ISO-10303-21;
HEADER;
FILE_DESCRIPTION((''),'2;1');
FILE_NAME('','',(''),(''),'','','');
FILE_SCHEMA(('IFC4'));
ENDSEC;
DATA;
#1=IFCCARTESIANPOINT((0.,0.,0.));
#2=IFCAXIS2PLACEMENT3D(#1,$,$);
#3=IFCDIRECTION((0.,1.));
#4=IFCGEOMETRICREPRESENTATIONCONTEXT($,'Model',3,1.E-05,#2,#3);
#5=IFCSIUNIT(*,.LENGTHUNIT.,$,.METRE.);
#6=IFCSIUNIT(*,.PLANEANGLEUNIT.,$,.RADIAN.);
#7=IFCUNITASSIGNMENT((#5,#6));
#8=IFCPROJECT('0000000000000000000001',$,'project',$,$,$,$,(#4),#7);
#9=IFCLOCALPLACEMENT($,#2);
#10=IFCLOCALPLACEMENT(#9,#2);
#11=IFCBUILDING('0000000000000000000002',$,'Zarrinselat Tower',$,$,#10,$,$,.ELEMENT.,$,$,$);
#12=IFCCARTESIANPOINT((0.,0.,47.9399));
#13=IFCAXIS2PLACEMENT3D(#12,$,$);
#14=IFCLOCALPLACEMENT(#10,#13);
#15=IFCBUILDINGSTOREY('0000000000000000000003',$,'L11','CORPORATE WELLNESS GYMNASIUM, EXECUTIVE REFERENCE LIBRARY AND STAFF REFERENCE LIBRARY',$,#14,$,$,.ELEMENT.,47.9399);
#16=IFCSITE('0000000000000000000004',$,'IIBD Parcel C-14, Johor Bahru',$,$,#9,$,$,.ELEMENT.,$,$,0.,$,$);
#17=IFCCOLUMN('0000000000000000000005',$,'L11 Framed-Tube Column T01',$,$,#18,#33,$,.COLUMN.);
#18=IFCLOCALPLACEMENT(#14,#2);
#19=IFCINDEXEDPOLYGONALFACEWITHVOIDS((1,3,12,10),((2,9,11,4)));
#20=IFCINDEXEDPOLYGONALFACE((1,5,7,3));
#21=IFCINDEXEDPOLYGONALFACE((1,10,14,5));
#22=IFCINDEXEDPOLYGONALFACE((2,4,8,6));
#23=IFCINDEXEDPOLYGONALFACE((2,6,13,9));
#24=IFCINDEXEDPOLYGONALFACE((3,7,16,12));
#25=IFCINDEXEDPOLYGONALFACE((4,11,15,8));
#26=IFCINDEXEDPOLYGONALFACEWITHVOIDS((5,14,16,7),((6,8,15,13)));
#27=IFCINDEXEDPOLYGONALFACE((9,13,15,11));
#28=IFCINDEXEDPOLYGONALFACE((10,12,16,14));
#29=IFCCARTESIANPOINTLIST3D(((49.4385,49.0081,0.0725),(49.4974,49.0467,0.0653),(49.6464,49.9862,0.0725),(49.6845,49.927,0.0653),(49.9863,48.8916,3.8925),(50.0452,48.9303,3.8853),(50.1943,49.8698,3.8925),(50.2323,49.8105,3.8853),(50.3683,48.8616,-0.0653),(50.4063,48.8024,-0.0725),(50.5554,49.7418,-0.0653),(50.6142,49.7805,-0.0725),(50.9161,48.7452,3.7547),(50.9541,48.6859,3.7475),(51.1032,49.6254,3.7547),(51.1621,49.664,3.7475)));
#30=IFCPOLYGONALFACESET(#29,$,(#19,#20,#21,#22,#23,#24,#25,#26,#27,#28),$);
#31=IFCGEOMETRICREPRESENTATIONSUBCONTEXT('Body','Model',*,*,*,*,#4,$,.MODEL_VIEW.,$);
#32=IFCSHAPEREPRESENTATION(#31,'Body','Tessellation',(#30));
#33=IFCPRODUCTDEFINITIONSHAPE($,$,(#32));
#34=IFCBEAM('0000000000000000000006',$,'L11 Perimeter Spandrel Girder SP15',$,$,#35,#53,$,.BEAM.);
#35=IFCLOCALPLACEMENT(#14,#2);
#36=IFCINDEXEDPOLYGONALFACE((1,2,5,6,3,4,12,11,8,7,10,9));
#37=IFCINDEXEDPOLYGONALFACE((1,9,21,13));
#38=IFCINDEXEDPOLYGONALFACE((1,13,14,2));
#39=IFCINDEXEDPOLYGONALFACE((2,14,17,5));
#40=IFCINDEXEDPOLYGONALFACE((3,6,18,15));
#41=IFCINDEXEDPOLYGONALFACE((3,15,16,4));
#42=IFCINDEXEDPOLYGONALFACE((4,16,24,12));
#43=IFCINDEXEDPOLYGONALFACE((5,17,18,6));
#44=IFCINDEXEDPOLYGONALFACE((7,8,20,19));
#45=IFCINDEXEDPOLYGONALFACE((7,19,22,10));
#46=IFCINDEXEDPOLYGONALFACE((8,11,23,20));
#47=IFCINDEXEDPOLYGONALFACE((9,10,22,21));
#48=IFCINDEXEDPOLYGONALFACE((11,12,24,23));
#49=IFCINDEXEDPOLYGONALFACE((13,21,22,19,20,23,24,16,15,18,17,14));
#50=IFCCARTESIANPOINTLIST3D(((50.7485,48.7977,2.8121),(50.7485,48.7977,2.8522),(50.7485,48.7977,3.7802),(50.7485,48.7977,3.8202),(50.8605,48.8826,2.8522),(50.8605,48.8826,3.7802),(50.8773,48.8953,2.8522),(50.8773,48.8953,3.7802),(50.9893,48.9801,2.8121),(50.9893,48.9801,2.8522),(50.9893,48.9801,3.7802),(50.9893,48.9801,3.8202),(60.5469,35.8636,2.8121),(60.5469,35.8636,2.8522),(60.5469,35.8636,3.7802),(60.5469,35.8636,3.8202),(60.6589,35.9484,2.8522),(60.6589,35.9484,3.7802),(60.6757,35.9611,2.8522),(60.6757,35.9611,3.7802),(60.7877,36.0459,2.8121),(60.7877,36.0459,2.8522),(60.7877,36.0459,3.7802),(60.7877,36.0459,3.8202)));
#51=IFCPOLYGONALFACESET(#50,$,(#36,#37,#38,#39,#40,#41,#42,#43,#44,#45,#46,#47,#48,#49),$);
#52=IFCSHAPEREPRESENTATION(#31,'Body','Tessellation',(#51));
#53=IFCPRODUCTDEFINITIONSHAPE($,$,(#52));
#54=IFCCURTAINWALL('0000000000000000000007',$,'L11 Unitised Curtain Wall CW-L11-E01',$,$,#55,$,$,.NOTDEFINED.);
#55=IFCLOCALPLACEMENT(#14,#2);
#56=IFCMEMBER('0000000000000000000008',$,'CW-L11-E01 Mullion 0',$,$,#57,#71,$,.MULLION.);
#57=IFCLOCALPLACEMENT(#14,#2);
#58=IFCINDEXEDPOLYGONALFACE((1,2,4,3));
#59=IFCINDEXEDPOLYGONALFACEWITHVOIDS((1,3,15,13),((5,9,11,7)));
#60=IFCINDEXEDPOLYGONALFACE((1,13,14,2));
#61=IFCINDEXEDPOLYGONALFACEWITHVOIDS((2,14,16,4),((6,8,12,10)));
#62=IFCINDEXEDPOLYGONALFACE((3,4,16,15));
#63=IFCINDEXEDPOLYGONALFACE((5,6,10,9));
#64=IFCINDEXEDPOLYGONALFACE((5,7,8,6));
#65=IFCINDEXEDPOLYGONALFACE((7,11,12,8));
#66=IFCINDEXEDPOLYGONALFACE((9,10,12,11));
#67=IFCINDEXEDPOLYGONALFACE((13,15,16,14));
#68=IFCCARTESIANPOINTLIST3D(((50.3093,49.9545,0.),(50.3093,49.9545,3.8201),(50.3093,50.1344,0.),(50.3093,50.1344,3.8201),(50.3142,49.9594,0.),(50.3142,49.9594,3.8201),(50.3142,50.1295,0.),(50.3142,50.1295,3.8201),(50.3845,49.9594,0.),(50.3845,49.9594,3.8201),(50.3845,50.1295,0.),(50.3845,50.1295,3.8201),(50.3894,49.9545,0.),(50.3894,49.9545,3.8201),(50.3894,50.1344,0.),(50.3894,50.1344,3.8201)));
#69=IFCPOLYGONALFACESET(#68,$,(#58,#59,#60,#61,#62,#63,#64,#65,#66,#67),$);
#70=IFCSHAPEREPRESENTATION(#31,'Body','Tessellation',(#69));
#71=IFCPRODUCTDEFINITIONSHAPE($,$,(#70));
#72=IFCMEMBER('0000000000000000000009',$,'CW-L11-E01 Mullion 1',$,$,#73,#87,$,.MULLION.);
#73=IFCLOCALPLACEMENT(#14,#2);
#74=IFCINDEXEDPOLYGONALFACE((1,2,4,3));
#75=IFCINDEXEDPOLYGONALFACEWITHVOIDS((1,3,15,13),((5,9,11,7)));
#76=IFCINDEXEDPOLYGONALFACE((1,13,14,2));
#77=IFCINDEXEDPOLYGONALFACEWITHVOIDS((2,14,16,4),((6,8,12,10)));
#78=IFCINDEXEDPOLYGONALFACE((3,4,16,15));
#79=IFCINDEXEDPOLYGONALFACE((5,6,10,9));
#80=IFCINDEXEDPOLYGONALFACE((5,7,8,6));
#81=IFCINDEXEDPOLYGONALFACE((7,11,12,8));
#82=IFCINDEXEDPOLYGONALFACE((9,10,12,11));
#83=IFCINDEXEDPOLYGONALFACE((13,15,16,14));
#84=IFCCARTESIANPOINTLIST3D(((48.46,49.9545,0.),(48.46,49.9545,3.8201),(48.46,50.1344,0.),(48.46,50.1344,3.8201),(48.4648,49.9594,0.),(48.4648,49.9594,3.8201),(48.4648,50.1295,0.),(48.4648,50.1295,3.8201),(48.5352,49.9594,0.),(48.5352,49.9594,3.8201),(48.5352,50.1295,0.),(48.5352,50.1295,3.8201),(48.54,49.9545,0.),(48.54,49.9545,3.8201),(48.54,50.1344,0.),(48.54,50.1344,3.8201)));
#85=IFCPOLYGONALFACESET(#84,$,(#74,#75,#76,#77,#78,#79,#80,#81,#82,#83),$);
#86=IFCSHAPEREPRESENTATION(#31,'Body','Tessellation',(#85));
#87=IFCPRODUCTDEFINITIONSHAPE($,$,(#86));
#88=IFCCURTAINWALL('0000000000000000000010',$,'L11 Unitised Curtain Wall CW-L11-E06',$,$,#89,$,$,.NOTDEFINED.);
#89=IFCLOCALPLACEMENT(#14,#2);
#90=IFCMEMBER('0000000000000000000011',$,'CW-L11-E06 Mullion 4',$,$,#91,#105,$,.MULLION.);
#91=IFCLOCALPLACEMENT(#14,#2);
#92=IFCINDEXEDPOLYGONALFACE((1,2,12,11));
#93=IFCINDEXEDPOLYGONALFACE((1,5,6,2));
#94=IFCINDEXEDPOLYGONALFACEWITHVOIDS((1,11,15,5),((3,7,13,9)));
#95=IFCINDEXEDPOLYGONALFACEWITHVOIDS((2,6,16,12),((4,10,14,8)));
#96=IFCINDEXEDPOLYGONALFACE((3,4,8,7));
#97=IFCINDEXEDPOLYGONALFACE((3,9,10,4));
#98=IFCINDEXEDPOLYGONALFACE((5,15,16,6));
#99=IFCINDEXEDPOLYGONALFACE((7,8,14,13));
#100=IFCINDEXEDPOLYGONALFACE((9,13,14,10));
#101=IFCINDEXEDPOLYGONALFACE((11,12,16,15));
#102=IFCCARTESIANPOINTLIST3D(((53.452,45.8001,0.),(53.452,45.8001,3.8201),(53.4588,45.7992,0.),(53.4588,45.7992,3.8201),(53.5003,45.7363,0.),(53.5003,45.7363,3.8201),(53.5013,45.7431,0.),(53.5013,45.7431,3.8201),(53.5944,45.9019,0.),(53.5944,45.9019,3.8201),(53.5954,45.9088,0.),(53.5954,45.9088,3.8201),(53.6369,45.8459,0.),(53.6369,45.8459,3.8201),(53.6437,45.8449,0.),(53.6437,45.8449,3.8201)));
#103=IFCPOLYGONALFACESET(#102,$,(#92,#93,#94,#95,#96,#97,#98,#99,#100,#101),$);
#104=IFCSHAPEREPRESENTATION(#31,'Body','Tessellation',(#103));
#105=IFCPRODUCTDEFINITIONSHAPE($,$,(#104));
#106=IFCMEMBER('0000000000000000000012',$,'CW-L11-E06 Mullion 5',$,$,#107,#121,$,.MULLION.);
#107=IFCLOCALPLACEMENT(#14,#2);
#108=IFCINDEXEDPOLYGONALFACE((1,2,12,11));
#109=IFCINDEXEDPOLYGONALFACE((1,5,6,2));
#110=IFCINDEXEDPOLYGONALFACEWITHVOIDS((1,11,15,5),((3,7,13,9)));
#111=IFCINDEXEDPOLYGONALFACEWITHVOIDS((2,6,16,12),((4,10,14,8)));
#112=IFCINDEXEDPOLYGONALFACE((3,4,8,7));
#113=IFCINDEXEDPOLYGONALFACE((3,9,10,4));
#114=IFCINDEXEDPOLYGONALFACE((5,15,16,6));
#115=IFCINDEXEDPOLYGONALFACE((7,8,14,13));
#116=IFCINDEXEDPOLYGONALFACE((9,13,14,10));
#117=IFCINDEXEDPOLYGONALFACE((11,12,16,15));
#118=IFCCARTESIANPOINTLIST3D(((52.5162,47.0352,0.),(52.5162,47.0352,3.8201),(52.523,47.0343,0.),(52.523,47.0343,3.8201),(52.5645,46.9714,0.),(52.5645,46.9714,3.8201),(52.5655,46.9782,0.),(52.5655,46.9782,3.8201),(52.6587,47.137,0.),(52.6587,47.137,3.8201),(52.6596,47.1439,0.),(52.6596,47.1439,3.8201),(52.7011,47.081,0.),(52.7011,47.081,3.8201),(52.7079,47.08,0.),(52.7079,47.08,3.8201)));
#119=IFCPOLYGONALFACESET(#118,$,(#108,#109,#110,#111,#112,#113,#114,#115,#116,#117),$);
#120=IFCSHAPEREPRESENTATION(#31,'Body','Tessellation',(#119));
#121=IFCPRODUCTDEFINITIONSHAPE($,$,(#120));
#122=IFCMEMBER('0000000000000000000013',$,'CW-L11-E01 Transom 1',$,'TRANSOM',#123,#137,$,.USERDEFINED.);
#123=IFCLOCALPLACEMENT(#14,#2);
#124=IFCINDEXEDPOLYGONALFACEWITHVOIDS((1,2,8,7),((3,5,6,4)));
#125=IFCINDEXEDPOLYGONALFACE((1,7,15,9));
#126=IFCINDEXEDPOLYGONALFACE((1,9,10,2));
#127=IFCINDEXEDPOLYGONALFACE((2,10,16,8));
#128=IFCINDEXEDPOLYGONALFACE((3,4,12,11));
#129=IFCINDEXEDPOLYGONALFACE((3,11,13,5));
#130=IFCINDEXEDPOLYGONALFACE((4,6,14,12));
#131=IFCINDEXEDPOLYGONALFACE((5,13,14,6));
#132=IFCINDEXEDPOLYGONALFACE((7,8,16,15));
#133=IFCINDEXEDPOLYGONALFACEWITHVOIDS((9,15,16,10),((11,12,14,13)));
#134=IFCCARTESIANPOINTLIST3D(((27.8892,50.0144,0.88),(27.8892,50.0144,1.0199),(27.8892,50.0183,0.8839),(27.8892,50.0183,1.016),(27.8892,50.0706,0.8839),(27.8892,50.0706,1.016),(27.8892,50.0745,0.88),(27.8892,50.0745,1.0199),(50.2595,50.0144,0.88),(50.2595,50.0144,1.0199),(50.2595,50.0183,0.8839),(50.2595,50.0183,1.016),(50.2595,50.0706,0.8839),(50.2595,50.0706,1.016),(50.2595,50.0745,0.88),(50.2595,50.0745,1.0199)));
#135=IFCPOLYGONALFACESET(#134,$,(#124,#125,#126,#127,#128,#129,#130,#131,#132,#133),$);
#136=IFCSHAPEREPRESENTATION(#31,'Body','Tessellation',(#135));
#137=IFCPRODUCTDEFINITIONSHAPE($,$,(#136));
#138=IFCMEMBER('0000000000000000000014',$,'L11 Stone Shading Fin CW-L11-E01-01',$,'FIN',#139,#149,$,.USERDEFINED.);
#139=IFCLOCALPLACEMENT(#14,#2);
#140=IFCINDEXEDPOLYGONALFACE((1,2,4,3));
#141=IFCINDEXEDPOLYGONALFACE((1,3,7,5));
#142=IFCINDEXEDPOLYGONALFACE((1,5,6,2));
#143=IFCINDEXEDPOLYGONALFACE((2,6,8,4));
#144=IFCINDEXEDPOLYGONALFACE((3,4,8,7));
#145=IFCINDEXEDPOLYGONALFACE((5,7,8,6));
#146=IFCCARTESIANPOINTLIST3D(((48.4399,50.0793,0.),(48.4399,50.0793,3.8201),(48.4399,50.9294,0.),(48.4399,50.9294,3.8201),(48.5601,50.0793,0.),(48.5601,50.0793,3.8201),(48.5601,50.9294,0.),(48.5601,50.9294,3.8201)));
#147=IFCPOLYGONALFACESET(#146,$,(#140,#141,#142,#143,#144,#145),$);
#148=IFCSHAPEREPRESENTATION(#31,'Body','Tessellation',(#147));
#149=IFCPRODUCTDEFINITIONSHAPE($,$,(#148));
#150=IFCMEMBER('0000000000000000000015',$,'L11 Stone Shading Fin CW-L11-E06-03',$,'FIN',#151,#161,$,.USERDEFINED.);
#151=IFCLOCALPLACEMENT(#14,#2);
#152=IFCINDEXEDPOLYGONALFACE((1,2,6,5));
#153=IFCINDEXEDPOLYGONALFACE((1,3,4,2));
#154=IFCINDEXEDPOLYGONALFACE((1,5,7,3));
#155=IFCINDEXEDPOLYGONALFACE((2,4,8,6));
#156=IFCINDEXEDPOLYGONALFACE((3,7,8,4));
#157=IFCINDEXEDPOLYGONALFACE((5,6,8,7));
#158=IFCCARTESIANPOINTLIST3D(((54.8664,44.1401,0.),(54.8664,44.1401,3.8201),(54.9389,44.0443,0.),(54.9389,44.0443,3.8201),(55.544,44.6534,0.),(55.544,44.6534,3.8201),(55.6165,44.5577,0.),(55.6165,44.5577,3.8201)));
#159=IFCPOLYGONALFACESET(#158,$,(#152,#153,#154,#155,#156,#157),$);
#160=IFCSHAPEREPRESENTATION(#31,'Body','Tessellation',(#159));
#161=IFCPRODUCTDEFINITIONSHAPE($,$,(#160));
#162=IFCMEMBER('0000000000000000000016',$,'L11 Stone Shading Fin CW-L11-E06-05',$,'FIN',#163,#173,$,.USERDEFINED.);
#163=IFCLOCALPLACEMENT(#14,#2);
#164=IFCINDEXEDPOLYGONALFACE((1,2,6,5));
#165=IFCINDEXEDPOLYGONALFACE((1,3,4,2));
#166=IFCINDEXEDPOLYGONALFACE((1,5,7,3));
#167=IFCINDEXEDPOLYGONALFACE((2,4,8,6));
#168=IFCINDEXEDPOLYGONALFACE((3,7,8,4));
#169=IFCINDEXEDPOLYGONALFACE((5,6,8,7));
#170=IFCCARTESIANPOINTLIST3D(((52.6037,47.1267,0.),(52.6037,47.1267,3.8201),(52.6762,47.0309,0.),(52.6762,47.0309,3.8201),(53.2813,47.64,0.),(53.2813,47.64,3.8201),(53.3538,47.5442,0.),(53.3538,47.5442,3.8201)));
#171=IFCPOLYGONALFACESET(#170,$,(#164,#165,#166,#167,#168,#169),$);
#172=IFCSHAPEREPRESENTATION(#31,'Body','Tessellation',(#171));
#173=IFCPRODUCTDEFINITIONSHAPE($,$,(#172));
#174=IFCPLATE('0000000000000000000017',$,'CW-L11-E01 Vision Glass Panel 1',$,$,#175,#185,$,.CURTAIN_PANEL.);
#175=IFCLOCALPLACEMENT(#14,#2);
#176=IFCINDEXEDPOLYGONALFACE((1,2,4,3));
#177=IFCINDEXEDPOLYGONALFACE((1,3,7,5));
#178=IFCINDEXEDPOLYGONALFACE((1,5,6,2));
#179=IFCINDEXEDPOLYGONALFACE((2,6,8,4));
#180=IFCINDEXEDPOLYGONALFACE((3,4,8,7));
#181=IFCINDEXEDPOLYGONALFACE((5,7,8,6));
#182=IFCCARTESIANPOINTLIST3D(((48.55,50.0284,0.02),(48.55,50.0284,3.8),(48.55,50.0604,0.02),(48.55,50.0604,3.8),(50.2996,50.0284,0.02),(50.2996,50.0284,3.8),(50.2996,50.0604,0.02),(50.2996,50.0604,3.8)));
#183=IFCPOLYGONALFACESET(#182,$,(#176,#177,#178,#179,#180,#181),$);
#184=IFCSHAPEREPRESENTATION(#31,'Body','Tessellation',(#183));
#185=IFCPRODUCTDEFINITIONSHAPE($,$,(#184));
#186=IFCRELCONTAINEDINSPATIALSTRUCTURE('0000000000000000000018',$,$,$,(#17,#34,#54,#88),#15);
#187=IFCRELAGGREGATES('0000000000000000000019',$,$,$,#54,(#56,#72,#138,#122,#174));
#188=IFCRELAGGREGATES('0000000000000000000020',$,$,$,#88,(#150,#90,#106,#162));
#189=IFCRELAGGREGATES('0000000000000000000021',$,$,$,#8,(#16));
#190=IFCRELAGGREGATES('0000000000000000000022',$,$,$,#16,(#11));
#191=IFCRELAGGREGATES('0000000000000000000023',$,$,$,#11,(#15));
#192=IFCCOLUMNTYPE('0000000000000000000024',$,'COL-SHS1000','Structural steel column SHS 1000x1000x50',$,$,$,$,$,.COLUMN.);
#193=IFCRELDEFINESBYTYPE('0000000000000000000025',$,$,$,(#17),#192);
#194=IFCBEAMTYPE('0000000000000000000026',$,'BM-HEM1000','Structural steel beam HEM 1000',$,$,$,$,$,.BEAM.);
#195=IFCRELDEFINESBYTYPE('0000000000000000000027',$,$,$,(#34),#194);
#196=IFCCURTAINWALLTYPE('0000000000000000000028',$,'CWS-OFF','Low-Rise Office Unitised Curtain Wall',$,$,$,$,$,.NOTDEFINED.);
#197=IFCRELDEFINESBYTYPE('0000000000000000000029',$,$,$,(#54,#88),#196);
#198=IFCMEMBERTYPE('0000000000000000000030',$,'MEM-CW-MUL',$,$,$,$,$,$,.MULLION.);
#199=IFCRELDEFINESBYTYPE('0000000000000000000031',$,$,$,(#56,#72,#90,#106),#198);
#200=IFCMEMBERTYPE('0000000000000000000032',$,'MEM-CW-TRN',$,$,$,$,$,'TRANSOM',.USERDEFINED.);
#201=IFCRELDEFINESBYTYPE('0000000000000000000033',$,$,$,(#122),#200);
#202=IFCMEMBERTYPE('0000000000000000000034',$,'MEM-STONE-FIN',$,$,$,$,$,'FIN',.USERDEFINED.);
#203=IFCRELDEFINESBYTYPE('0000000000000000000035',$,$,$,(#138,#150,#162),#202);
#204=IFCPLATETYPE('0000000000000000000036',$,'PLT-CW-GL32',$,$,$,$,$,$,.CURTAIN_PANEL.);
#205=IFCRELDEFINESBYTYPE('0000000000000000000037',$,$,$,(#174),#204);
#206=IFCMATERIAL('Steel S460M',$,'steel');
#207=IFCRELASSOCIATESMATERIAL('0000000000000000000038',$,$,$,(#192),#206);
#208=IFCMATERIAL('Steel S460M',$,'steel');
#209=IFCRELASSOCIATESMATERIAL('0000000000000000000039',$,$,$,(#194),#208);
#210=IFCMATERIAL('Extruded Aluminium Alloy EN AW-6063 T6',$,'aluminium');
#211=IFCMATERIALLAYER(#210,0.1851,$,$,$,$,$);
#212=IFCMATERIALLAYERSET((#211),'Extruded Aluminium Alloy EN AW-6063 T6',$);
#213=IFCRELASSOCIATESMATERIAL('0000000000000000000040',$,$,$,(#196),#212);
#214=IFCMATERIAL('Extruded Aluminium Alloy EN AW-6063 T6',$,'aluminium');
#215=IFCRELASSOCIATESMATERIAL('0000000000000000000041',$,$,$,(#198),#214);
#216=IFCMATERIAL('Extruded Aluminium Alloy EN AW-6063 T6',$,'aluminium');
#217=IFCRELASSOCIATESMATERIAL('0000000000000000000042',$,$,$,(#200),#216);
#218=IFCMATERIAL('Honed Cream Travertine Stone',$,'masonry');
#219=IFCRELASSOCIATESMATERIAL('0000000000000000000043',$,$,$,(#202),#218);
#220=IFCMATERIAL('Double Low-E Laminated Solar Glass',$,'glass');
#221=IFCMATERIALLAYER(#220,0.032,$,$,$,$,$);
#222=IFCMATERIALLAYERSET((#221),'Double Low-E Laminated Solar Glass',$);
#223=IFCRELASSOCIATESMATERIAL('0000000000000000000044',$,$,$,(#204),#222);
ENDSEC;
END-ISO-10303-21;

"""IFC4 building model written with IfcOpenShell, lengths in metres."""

from ifc_helpers import new_model, si_unit, direction, frame, origin, origin_2d, place, context, subcontext, project, spatial, rectangle, hollow_rectangle, i_section, extrude, material, layer, layer_set, material_profile, profile_set, type_object, element, aggregate, save


model = new_model("IFC4")

# Units and contexts
model_context = context("Model", 3, precision=1e-05, world=origin(), true_north=direction((0.0, 1.0)))
body_context = subcontext(model_context, "Body", "Model", "MODEL_VIEW")
ifc_project = project(units=[si_unit("LENGTHUNIT", "METRE"), si_unit("PLANEANGLEUNIT", "RADIAN")], contexts=[model_context])

# Site, building, storey
site_placement = place(None, origin())
site = spatial("IfcSite", under=ifc_project, at=site_placement, Name="IIBD Parcel C-14, Johor Bahru", CompositionType="ELEMENT", RefElevation=0.0)
building_placement = place(site_placement, origin())
building = spatial("IfcBuilding", under=site, at=building_placement, Name="Zarrinselat Tower", CompositionType="ELEMENT")
storey_placement = place(building_placement, frame((0.0, 0.0, 47.9399)))
storey = spatial("IfcBuildingStorey", under=building, at=storey_placement, Name="L11", Description="CORPORATE WELLNESS GYMNASIUM, EXECUTIVE REFERENCE LIBRARY AND STAFF REFERENCE LIBRARY", CompositionType="ELEMENT", Elevation=47.9399)

# Column
ifc_material_1 = material(Name="Steel S460M", Category="steel")
ifc_material_profile_1 = material_profile(ifc_material_1, hollow_rectangle(XDim=1.0, YDim=1.0, WallThickness=0.05, at=origin_2d()), Name="SHS 1000x1000x50")
ifc_profile_set_1 = profile_set([ifc_material_profile_1], Name="Steel S460M")
column_type = type_object("IfcColumnType", Name="COL-SHS1000", Description="Structural steel column SHS 1000x1000x50", PredefinedType="COLUMN", material=ifc_profile_set_1)
column_placement = place(storey_placement, frame((50.0264, 49.3943, 0.0), z_axis=(0.141897, -0.030163, 0.989422), x_axis=(0.207921, 0.978146, 0.0)))
element("IfcColumn", 1, at=column_placement, inside=storey, type_object=column_type, Name="L11 Framed-Tube Column T01", PredefinedType="COLUMN", context=body_context, shape_type="SweptSolid", body=[
    extrude(hollow_rectangle(XDim=1.0, YDim=1.0, WallThickness=0.05, at=origin_2d()), origin(), (0.0, 0.0, 1.0), 3.8608),
])

# Beam
ifc_material_2 = material(Name="Steel S460M", Category="steel")
ifc_material_profile_2 = material_profile(ifc_material_2, i_section(OverallWidth=0.302, OverallDepth=1.0081, WebThickness=0.021, FlangeThickness=0.04, at=origin_2d()), Name="HEM 1000")
ifc_profile_set_2 = profile_set([ifc_material_profile_2], Name="Steel S460M")
beam_type = type_object("IfcBeamType", Name="BM-HEM1000", Description="Structural steel beam HEM 1000", PredefinedType="BEAM", material=ifc_profile_set_2)
beam_placement = place(storey_placement, frame((50.8689, 48.8889, 3.3162), z_axis=(0.60385, -0.797098, 0.0), x_axis=(0.797098, 0.60385, 0.0)))
element("IfcBeam", 2, at=beam_placement, inside=storey, type_object=beam_type, Name="L11 Perimeter Spandrel Girder SP15", PredefinedType="BEAM", context=body_context, shape_type="SweptSolid", body=[
    extrude(i_section(OverallWidth=0.302, OverallDepth=1.0081, WebThickness=0.021, FlangeThickness=0.04, at=origin_2d()), origin(), (0.0, 0.0, 1.0), 16.2266),
])

# Curtain walls, members
ifc_material_3 = material(Name="Extruded Aluminium Alloy EN AW-6063 T6", Category="aluminium")
ifc_layer_1 = layer(ifc_material_3, 0.1851)
ifc_layer_set_1 = layer_set([ifc_layer_1], Name="Extruded Aluminium Alloy EN AW-6063 T6")
curtain_wall_type = type_object("IfcCurtainWallType", Name="CWS-OFF", Description="Low-Rise Office Unitised Curtain Wall", PredefinedType="NOTDEFINED", material=ifc_layer_set_1)
curtain_wall_1_placement = place(storey_placement, origin())
curtain_wall_1 = element("IfcCurtainWall", 3, at=curtain_wall_1_placement, inside=storey, type_object=curtain_wall_type, Name="L11 Unitised Curtain Wall CW-L11-E01", PredefinedType="NOTDEFINED")
ifc_material_4 = material(Name="Extruded Aluminium Alloy EN AW-6063 T6", Category="aluminium")
ifc_material_profile_3 = material_profile(ifc_material_4, hollow_rectangle(XDim=0.0801, YDim=0.1799, WallThickness=0.0049, at=origin_2d()), Name="RHS 180x80x5")
ifc_profile_set_3 = profile_set([ifc_material_profile_3], Name="Extruded Aluminium Alloy EN AW-6063 T6")
member_type_1 = type_object("IfcMemberType", Name="MEM-CW-MUL", PredefinedType="MULLION", material=ifc_profile_set_3)
member_1_placement = place(storey_placement, frame((50.3494, 50.0444, 0.0), z_axis=(0.0, 0.0, 1.0), x_axis=(-1.0, 0.0, 0.0)))
member_1 = element("IfcMember", 4, at=member_1_placement, type_object=member_type_1, Name="CW-L11-E01 Mullion 0", PredefinedType="MULLION", context=body_context, shape_type="SweptSolid", body=[
    extrude(hollow_rectangle(XDim=0.0801, YDim=0.1799, WallThickness=0.0049, at=origin_2d()), origin(), (0.0, 0.0, 1.0), 3.8201),
])
member_2_placement = place(storey_placement, frame((48.5, 50.0444, 0.0), z_axis=(0.0, 0.0, 1.0), x_axis=(-1.0, 0.0, 0.0)))
member_2 = element("IfcMember", 5, at=member_2_placement, type_object=member_type_1, Name="CW-L11-E01 Mullion 1", PredefinedType="MULLION", context=body_context, shape_type="SweptSolid", body=[
    extrude(hollow_rectangle(XDim=0.0801, YDim=0.1799, WallThickness=0.0049, at=origin_2d()), origin(), (0.0, 0.0, 1.0), 3.8201),
])
curtain_wall_2_placement = place(storey_placement, origin())
curtain_wall_2 = element("IfcCurtainWall", 6, at=curtain_wall_2_placement, inside=storey, type_object=curtain_wall_type, Name="L11 Unitised Curtain Wall CW-L11-E06", PredefinedType="NOTDEFINED")
member_3_placement = place(storey_placement, frame((53.5479, 45.8225, 0.0), z_axis=(0.0, 0.0, 1.0), x_axis=(-0.603858, 0.797092, 0.0)))
member_3 = element("IfcMember", 7, at=member_3_placement, type_object=member_type_1, Name="CW-L11-E06 Mullion 4", PredefinedType="MULLION", context=body_context, shape_type="SweptSolid", body=[
    extrude(hollow_rectangle(XDim=0.0801, YDim=0.1799, WallThickness=0.0049, at=origin_2d()), origin(), (0.0, 0.0, 1.0), 3.8201),
])
member_4_placement = place(storey_placement, frame((52.6121, 47.0576, 0.0), z_axis=(0.0, 0.0, 1.0), x_axis=(-0.603858, 0.797092, 0.0)))
member_4 = element("IfcMember", 8, at=member_4_placement, type_object=member_type_1, Name="CW-L11-E06 Mullion 5", PredefinedType="MULLION", context=body_context, shape_type="SweptSolid", body=[
    extrude(hollow_rectangle(XDim=0.0801, YDim=0.1799, WallThickness=0.0049, at=origin_2d()), origin(), (0.0, 0.0, 1.0), 3.8201),
])

# Members
ifc_material_5 = material(Name="Extruded Aluminium Alloy EN AW-6063 T6", Category="aluminium")
ifc_material_profile_4 = material_profile(ifc_material_5, hollow_rectangle(XDim=0.0601, YDim=0.1399, WallThickness=0.0039, at=origin_2d()), Name="RHS 140x60x4")
ifc_profile_set_4 = profile_set([ifc_material_profile_4], Name="Extruded Aluminium Alloy EN AW-6063 T6")
member_type_2 = type_object("IfcMemberType", Name="MEM-CW-TRN", ElementType="TRANSOM", PredefinedType="USERDEFINED", material=ifc_profile_set_4)
member_5_placement = place(storey_placement, frame((50.2595, 50.0444, 0.95), z_axis=(-1.0, 0.0, 0.0), x_axis=(0.0, -1.0, 0.0)))
member_5 = element("IfcMember", 9, at=member_5_placement, type_object=member_type_2, Name="CW-L11-E01 Transom 1", ObjectType="TRANSOM", PredefinedType="USERDEFINED", context=body_context, shape_type="SweptSolid", body=[
    extrude(hollow_rectangle(XDim=0.0601, YDim=0.1399, WallThickness=0.0039, at=origin_2d()), origin(), (0.0, 0.0, 1.0), 22.3704),
])
ifc_material_6 = material(Name="Honed Cream Travertine Stone", Category="masonry")
ifc_material_profile_5 = material_profile(ifc_material_6, rectangle(XDim=0.1201, YDim=0.8501, at=origin_2d()), Name="FIN 850x120")
ifc_profile_set_5 = profile_set([ifc_material_profile_5], Name="Honed Cream Travertine Stone")
member_type_3 = type_object("IfcMemberType", Name="MEM-STONE-FIN", ElementType="FIN", PredefinedType="USERDEFINED", material=ifc_profile_set_5)
member_6_placement = place(storey_placement, frame((48.5, 50.5044, 0.0), z_axis=(0.0, 0.0, 1.0), x_axis=(1.0, 0.0, 0.0)))
member_6 = element("IfcMember", 10, at=member_6_placement, type_object=member_type_3, Name="L11 Stone Shading Fin CW-L11-E01-01", ObjectType="FIN", PredefinedType="USERDEFINED", context=body_context, shape_type="SweptSolid", body=[
    extrude(rectangle(XDim=0.1201, YDim=0.8501, at=origin_2d()), origin(), (0.0, 0.0, 1.0), 3.8201),
])
member_7_placement = place(storey_placement, frame((55.2415, 44.3489, 0.0), z_axis=(0.0, 0.0, 1.0), x_axis=(0.603858, -0.797092, 0.0)))
member_7 = element("IfcMember", 11, at=member_7_placement, type_object=member_type_3, Name="L11 Stone Shading Fin CW-L11-E06-03", ObjectType="FIN", PredefinedType="USERDEFINED", context=body_context, shape_type="SweptSolid", body=[
    extrude(rectangle(XDim=0.1201, YDim=0.8501, at=origin_2d()), origin(), (0.0, 0.0, 1.0), 3.8201),
])
member_8_placement = place(storey_placement, frame((52.9788, 47.3354, 0.0), z_axis=(0.0, 0.0, 1.0), x_axis=(0.603858, -0.797092, 0.0)))
member_8 = element("IfcMember", 12, at=member_8_placement, type_object=member_type_3, Name="L11 Stone Shading Fin CW-L11-E06-05", ObjectType="FIN", PredefinedType="USERDEFINED", context=body_context, shape_type="SweptSolid", body=[
    extrude(rectangle(XDim=0.1201, YDim=0.8501, at=origin_2d()), origin(), (0.0, 0.0, 1.0), 3.8201),
])

# Plate
ifc_material_7 = material(Name="Double Low-E Laminated Solar Glass", Category="glass")
ifc_layer_2 = layer(ifc_material_7, 0.032)
ifc_layer_set_2 = layer_set([ifc_layer_2], Name="Double Low-E Laminated Solar Glass")
plate_type = type_object("IfcPlateType", Name="PLT-CW-GL32", PredefinedType="CURTAIN_PANEL", material=ifc_layer_set_2)
plate_1_placement = place(storey_placement, frame((49.4248, 50.0444, 0.02), z_axis=(0.0, 0.0, 1.0), x_axis=(-1.0, 0.0, 0.0)))
plate_1 = element("IfcPlate", 13, at=plate_1_placement, type_object=plate_type, Name="CW-L11-E01 Vision Glass Panel 1", PredefinedType="CURTAIN_PANEL", context=body_context, shape_type="SweptSolid", body=[
    extrude(rectangle(XDim=1.7495, YDim=0.032, at=origin_2d()), origin(), (0.0, 0.0, 1.0), 3.78),
])
aggregate(curtain_wall_1, [member_1, member_2, member_6, member_5, plate_1])
aggregate(curtain_wall_2, [member_7, member_3, member_4, member_8])

save(model, "model.ifc")
